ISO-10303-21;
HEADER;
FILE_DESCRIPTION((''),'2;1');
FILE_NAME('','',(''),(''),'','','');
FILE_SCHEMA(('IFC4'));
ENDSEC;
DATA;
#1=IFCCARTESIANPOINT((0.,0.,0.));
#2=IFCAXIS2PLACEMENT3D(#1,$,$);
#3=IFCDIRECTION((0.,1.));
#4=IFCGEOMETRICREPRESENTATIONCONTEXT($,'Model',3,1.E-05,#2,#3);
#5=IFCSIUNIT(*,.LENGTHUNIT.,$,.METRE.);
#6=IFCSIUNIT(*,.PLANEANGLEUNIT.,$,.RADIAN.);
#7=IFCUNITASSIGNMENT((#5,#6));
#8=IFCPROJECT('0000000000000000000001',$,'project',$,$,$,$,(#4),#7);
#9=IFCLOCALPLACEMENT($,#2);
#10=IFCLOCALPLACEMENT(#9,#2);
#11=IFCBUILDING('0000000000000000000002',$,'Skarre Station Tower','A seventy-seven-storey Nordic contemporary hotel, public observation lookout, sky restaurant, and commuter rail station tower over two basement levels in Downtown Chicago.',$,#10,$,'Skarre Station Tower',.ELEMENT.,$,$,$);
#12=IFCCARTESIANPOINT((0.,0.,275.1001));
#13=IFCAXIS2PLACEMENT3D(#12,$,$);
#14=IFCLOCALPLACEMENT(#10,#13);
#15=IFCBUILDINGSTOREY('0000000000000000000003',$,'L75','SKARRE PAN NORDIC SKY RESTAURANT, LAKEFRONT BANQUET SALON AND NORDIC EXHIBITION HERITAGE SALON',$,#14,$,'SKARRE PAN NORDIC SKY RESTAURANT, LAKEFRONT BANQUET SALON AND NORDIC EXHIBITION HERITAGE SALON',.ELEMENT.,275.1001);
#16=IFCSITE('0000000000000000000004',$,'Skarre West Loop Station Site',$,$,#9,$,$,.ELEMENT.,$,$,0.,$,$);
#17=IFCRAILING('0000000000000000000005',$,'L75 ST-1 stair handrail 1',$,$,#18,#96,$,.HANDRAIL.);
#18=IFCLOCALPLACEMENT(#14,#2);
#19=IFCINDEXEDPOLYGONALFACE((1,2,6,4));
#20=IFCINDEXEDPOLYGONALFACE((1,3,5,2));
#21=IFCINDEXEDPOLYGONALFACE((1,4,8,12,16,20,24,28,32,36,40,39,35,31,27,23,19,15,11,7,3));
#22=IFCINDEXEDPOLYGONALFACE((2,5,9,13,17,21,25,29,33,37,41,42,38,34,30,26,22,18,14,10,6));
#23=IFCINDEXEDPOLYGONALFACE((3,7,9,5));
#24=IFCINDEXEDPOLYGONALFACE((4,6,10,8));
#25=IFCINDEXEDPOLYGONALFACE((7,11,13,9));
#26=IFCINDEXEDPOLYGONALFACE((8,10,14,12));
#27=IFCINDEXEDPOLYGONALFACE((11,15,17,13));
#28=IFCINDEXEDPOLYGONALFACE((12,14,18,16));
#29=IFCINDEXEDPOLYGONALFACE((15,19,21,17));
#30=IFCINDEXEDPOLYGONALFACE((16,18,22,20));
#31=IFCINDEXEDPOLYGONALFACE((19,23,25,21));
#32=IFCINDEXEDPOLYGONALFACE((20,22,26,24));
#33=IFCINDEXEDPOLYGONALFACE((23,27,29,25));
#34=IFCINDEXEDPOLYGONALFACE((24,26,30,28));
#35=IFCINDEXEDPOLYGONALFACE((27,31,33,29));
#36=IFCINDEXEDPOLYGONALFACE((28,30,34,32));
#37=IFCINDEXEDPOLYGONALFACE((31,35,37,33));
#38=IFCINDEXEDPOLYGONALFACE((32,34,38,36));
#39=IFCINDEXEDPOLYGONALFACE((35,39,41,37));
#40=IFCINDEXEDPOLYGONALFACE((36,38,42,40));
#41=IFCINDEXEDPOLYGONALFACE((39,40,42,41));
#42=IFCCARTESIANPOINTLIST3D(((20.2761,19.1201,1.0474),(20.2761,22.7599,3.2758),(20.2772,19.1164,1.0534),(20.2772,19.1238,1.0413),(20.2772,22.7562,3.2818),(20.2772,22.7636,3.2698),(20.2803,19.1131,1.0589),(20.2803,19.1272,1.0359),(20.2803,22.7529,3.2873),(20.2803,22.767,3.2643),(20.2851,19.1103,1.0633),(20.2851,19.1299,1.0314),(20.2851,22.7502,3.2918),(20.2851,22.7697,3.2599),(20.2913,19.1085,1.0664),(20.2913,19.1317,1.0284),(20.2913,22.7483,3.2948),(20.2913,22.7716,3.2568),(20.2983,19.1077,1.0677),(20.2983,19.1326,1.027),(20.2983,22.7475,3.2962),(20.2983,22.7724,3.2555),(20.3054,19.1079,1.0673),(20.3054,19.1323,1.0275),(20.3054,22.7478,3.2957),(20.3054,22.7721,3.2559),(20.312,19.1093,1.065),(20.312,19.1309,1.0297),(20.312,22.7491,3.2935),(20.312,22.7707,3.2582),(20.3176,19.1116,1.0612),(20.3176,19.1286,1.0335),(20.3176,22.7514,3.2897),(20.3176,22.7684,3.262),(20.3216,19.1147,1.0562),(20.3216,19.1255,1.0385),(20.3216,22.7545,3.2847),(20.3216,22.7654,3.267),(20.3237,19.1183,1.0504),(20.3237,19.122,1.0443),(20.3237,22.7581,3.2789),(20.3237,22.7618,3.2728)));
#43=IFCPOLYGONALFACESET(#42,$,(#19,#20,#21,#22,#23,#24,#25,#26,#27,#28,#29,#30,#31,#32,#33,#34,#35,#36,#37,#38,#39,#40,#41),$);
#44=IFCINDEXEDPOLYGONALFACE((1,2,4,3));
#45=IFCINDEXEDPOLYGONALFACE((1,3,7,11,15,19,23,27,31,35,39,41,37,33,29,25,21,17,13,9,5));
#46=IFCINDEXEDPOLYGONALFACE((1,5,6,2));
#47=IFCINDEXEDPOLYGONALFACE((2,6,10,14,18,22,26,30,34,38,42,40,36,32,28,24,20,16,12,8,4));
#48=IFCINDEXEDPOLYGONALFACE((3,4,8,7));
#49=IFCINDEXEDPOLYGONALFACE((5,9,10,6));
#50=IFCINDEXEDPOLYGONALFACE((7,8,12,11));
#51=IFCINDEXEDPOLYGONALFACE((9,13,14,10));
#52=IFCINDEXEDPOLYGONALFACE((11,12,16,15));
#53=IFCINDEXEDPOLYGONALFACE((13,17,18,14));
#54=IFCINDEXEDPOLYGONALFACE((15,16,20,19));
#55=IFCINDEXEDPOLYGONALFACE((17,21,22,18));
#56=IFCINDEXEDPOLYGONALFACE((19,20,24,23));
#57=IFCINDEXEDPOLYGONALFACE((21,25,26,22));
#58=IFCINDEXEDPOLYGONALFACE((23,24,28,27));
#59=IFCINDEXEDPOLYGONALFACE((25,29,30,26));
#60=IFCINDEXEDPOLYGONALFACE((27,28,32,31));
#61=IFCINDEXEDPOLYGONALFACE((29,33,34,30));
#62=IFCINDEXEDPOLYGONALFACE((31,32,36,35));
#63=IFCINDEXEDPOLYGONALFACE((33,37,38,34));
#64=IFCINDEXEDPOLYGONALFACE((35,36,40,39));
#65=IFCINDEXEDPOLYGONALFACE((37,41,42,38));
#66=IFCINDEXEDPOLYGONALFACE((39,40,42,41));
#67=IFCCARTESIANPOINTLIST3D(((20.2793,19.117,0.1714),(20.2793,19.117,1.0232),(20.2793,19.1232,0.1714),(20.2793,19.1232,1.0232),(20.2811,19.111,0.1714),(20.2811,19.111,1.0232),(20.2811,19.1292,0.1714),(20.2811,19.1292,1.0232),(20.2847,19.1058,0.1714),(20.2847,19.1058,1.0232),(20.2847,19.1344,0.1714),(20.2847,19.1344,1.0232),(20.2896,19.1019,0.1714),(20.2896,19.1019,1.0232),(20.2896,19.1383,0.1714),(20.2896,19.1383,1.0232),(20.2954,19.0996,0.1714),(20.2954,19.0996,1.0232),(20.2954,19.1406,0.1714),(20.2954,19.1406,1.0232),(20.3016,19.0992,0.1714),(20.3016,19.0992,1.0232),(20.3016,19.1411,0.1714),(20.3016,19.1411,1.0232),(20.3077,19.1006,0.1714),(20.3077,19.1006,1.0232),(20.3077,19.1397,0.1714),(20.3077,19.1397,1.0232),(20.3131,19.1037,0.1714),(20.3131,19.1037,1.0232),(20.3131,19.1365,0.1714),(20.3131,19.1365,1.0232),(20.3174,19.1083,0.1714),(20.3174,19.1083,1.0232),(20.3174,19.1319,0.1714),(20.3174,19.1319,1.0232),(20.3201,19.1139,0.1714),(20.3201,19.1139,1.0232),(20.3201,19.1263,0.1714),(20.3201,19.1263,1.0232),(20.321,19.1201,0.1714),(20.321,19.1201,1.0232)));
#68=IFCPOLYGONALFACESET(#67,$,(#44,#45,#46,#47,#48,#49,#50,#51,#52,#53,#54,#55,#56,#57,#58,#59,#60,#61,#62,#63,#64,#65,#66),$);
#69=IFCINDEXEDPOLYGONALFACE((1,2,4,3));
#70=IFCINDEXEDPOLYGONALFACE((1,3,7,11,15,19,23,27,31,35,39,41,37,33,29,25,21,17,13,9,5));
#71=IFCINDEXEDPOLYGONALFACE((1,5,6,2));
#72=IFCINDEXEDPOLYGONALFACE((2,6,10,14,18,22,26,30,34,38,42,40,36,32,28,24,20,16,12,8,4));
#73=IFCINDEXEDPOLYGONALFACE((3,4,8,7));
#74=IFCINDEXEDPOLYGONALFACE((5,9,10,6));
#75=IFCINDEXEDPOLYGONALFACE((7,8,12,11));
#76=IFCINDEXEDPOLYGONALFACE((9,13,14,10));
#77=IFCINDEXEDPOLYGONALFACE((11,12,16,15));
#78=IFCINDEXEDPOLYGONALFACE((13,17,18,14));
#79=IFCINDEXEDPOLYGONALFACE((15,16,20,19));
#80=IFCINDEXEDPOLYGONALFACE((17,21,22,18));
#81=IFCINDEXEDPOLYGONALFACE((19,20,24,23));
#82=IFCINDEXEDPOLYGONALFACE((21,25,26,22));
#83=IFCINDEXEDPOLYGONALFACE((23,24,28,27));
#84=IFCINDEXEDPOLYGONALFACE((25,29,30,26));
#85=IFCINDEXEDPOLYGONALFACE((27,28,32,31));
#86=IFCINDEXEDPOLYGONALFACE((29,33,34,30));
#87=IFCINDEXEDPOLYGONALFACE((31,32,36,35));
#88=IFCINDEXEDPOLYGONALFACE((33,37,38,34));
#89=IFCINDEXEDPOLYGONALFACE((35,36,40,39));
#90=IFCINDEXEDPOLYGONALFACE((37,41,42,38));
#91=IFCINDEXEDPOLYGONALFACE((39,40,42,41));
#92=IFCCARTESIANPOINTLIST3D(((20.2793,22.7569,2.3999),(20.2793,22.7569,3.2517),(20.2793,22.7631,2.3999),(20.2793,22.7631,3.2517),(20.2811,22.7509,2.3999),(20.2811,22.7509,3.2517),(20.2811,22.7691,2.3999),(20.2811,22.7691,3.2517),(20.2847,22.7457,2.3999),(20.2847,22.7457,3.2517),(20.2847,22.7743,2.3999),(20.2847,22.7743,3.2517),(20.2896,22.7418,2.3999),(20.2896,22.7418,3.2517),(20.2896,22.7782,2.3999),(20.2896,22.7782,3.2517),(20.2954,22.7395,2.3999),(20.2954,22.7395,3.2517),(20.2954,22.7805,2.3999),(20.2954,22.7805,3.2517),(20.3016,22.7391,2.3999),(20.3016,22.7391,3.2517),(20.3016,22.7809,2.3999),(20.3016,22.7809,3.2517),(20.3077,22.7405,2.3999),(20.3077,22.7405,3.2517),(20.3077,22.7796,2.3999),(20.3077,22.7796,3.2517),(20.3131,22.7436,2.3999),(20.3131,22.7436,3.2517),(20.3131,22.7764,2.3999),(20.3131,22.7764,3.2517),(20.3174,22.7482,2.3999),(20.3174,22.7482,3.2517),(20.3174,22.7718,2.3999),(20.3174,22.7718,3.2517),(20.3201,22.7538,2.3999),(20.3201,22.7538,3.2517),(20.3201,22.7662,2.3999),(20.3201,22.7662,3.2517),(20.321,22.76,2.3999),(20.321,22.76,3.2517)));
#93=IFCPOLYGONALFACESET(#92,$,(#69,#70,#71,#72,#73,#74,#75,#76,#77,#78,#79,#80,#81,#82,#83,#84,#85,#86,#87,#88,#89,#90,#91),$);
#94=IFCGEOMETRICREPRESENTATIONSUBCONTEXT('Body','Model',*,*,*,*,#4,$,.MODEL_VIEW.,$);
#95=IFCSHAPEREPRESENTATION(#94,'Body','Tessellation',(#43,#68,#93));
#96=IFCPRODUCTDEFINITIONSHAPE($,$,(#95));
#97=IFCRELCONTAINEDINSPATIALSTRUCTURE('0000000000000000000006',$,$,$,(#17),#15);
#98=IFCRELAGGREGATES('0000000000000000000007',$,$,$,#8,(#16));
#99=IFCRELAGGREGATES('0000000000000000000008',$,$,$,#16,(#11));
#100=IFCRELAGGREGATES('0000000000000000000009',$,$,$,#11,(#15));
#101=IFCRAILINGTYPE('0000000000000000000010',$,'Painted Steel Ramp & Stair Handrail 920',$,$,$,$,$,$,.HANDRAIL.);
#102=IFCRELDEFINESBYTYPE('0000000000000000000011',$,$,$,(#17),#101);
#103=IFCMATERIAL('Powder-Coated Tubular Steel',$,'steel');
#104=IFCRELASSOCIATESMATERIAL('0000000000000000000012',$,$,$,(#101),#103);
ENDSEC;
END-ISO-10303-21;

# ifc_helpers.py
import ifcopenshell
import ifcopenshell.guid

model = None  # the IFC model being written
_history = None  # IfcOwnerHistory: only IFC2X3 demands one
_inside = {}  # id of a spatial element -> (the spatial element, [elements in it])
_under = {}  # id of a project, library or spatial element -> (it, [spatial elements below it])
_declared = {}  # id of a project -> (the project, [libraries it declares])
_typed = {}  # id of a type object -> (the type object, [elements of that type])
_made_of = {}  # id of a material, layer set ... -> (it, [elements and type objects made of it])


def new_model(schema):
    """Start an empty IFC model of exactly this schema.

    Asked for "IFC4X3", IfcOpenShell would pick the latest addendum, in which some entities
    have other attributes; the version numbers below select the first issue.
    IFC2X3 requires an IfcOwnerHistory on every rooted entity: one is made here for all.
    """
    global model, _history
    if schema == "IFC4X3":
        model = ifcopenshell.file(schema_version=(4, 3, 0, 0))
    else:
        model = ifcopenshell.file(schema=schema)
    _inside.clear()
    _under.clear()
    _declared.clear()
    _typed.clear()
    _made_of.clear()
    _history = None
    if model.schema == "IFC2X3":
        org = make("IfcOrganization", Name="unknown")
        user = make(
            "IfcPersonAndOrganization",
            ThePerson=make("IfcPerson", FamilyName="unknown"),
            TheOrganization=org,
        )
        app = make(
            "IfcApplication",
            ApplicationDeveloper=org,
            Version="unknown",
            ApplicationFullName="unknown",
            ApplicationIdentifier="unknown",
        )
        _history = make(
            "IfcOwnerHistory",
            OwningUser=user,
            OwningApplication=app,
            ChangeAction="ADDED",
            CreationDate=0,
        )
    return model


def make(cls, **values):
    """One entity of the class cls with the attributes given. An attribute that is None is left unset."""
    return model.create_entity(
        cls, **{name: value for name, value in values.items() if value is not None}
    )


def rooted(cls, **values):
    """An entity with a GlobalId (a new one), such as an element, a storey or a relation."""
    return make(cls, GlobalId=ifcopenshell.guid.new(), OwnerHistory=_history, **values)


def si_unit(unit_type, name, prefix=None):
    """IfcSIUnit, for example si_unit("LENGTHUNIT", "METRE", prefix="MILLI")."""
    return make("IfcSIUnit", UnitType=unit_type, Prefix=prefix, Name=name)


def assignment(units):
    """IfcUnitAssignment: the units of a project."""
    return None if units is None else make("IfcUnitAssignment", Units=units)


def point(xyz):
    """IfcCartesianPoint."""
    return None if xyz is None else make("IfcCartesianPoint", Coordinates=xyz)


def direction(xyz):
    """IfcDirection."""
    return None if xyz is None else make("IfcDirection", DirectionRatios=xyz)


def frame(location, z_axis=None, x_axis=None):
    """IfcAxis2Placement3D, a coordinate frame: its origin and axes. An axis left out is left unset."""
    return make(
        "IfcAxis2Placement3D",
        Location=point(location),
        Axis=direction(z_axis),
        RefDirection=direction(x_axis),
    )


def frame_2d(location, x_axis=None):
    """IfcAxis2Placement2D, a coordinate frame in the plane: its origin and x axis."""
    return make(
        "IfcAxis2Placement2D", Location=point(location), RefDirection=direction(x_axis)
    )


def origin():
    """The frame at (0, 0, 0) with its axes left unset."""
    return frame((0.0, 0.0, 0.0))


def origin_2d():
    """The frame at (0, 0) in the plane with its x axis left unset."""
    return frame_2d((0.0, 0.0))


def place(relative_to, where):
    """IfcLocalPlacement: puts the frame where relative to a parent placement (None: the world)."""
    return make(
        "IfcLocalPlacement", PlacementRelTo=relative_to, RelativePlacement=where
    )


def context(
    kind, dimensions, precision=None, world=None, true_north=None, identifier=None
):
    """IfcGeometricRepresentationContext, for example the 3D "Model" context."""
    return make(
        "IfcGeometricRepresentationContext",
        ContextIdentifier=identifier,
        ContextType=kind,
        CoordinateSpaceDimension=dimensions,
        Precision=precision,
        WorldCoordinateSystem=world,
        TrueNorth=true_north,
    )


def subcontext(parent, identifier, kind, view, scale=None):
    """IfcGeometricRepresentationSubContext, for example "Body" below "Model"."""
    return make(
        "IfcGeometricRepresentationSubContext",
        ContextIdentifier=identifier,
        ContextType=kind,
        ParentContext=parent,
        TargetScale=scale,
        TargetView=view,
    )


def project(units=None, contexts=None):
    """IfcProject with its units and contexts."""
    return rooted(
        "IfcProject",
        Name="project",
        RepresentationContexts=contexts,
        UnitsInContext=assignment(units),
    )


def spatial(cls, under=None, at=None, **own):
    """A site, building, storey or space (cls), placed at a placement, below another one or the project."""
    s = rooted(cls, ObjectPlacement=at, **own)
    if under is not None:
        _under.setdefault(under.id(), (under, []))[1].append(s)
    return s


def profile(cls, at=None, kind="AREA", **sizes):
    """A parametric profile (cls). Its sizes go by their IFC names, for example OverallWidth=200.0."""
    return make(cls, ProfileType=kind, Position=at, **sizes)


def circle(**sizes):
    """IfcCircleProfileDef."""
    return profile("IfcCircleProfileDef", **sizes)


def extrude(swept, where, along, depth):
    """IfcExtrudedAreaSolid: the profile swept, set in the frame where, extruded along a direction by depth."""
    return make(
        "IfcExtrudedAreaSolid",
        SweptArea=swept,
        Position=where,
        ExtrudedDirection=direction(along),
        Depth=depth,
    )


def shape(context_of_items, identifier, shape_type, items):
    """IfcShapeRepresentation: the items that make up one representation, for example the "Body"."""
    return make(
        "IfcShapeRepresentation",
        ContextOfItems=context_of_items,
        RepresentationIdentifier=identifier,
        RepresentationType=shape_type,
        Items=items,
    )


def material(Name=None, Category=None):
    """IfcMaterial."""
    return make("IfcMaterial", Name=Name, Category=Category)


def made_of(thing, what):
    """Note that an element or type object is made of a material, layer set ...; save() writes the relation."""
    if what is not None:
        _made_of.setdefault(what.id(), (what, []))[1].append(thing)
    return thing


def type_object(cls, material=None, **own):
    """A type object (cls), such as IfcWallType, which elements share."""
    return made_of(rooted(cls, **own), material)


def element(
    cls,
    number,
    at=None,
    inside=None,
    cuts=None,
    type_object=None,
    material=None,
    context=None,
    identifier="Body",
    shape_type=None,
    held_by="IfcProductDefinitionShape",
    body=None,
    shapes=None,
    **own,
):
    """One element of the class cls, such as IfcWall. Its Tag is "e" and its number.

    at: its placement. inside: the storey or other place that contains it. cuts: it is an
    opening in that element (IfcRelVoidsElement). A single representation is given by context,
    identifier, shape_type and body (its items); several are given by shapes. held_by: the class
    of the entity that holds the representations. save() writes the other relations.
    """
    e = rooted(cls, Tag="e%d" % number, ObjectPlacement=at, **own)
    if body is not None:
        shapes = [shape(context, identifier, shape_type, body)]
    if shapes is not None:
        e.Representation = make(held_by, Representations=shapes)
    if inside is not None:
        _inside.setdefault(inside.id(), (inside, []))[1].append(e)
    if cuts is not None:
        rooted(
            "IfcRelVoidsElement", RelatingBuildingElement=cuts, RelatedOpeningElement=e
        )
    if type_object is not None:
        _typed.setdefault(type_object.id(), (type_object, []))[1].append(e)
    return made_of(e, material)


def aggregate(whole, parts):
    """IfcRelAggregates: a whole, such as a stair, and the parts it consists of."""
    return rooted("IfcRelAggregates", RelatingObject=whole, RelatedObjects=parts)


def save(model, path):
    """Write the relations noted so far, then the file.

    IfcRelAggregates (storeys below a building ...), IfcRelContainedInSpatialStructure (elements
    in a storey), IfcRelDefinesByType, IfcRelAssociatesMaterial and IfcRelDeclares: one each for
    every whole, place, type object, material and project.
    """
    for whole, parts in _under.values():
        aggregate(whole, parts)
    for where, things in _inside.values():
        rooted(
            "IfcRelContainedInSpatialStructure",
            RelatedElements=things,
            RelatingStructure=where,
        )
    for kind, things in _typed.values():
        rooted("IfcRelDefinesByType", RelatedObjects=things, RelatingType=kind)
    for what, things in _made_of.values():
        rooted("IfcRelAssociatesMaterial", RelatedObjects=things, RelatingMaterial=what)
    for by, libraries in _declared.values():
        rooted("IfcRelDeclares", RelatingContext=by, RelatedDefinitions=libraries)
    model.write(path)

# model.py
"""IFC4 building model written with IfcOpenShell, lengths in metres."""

from ifc_helpers import new_model, si_unit, direction, frame, origin, origin_2d, place, context, subcontext, project, spatial, circle, extrude, material, type_object, element, save


model = new_model("IFC4")

# Units and contexts
model_context = context("Model", 3, precision=1e-05, world=origin(), true_north=direction((0.0, 1.0)))
body_context = subcontext(model_context, "Body", "Model", "MODEL_VIEW")
ifc_project = project(units=[si_unit("LENGTHUNIT", "METRE"), si_unit("PLANEANGLEUNIT", "RADIAN")], contexts=[model_context])

# Site, building, storey
site_placement = place(None, origin())
site = spatial("IfcSite", under=ifc_project, at=site_placement, Name="Skarre West Loop Station Site", CompositionType="ELEMENT", RefElevation=0.0)
building_placement = place(site_placement, origin())
building = spatial("IfcBuilding", under=site, at=building_placement, Name="Skarre Station Tower", Description="A seventy-seven-storey Nordic contemporary hotel, public observation lookout, sky restaurant, and commuter rail station tower over two basement levels in Downtown Chicago.", LongName="Skarre Station Tower", CompositionType="ELEMENT")
storey_placement = place(building_placement, frame((0.0, 0.0, 275.1001)))
storey = spatial("IfcBuildingStorey", under=building, at=storey_placement, Name="L75", Description="SKARRE PAN NORDIC SKY RESTAURANT, LAKEFRONT BANQUET SALON AND NORDIC EXHIBITION HERITAGE SALON", LongName="SKARRE PAN NORDIC SKY RESTAURANT, LAKEFRONT BANQUET SALON AND NORDIC EXHIBITION HERITAGE SALON", CompositionType="ELEMENT", Elevation=275.1001)

# Railing
ifc_material_1 = material(Name="Powder-Coated Tubular Steel", Category="steel")
railing_type_1 = type_object("IfcRailingType", Name="Painted Steel Ramp & Stair Handrail 920", PredefinedType="HANDRAIL", material=ifc_material_1)
railing_1_placement = place(storey_placement, frame((20.3, 19.1201, 0.1714)))
element("IfcRailing", 1, at=railing_1_placement, inside=storey, type_object=railing_type_1, Name="L75 ST-1 stair handrail 1", PredefinedType="HANDRAIL", context=body_context, shape_type="SweptSolid", body=[
    extrude(circle(Radius=0.0239, at=origin_2d()), frame((0.0, 0.0, 0.876), z_axis=(0.0, 0.85285, 0.522156), x_axis=(-1.0, 0.0, 0.0)), (0.0, 0.0, 1.0), 4.2678),
    extrude(circle(Radius=0.021, at=origin_2d()), origin(), (0.0, 0.0, 1.0), 0.8518),
    extrude(circle(Radius=0.021, at=origin_2d()), frame((0.0, 3.6399, 2.2285)), (0.0, 0.0, 1.0), 0.8518),
])

save(model, "model.ifc")
